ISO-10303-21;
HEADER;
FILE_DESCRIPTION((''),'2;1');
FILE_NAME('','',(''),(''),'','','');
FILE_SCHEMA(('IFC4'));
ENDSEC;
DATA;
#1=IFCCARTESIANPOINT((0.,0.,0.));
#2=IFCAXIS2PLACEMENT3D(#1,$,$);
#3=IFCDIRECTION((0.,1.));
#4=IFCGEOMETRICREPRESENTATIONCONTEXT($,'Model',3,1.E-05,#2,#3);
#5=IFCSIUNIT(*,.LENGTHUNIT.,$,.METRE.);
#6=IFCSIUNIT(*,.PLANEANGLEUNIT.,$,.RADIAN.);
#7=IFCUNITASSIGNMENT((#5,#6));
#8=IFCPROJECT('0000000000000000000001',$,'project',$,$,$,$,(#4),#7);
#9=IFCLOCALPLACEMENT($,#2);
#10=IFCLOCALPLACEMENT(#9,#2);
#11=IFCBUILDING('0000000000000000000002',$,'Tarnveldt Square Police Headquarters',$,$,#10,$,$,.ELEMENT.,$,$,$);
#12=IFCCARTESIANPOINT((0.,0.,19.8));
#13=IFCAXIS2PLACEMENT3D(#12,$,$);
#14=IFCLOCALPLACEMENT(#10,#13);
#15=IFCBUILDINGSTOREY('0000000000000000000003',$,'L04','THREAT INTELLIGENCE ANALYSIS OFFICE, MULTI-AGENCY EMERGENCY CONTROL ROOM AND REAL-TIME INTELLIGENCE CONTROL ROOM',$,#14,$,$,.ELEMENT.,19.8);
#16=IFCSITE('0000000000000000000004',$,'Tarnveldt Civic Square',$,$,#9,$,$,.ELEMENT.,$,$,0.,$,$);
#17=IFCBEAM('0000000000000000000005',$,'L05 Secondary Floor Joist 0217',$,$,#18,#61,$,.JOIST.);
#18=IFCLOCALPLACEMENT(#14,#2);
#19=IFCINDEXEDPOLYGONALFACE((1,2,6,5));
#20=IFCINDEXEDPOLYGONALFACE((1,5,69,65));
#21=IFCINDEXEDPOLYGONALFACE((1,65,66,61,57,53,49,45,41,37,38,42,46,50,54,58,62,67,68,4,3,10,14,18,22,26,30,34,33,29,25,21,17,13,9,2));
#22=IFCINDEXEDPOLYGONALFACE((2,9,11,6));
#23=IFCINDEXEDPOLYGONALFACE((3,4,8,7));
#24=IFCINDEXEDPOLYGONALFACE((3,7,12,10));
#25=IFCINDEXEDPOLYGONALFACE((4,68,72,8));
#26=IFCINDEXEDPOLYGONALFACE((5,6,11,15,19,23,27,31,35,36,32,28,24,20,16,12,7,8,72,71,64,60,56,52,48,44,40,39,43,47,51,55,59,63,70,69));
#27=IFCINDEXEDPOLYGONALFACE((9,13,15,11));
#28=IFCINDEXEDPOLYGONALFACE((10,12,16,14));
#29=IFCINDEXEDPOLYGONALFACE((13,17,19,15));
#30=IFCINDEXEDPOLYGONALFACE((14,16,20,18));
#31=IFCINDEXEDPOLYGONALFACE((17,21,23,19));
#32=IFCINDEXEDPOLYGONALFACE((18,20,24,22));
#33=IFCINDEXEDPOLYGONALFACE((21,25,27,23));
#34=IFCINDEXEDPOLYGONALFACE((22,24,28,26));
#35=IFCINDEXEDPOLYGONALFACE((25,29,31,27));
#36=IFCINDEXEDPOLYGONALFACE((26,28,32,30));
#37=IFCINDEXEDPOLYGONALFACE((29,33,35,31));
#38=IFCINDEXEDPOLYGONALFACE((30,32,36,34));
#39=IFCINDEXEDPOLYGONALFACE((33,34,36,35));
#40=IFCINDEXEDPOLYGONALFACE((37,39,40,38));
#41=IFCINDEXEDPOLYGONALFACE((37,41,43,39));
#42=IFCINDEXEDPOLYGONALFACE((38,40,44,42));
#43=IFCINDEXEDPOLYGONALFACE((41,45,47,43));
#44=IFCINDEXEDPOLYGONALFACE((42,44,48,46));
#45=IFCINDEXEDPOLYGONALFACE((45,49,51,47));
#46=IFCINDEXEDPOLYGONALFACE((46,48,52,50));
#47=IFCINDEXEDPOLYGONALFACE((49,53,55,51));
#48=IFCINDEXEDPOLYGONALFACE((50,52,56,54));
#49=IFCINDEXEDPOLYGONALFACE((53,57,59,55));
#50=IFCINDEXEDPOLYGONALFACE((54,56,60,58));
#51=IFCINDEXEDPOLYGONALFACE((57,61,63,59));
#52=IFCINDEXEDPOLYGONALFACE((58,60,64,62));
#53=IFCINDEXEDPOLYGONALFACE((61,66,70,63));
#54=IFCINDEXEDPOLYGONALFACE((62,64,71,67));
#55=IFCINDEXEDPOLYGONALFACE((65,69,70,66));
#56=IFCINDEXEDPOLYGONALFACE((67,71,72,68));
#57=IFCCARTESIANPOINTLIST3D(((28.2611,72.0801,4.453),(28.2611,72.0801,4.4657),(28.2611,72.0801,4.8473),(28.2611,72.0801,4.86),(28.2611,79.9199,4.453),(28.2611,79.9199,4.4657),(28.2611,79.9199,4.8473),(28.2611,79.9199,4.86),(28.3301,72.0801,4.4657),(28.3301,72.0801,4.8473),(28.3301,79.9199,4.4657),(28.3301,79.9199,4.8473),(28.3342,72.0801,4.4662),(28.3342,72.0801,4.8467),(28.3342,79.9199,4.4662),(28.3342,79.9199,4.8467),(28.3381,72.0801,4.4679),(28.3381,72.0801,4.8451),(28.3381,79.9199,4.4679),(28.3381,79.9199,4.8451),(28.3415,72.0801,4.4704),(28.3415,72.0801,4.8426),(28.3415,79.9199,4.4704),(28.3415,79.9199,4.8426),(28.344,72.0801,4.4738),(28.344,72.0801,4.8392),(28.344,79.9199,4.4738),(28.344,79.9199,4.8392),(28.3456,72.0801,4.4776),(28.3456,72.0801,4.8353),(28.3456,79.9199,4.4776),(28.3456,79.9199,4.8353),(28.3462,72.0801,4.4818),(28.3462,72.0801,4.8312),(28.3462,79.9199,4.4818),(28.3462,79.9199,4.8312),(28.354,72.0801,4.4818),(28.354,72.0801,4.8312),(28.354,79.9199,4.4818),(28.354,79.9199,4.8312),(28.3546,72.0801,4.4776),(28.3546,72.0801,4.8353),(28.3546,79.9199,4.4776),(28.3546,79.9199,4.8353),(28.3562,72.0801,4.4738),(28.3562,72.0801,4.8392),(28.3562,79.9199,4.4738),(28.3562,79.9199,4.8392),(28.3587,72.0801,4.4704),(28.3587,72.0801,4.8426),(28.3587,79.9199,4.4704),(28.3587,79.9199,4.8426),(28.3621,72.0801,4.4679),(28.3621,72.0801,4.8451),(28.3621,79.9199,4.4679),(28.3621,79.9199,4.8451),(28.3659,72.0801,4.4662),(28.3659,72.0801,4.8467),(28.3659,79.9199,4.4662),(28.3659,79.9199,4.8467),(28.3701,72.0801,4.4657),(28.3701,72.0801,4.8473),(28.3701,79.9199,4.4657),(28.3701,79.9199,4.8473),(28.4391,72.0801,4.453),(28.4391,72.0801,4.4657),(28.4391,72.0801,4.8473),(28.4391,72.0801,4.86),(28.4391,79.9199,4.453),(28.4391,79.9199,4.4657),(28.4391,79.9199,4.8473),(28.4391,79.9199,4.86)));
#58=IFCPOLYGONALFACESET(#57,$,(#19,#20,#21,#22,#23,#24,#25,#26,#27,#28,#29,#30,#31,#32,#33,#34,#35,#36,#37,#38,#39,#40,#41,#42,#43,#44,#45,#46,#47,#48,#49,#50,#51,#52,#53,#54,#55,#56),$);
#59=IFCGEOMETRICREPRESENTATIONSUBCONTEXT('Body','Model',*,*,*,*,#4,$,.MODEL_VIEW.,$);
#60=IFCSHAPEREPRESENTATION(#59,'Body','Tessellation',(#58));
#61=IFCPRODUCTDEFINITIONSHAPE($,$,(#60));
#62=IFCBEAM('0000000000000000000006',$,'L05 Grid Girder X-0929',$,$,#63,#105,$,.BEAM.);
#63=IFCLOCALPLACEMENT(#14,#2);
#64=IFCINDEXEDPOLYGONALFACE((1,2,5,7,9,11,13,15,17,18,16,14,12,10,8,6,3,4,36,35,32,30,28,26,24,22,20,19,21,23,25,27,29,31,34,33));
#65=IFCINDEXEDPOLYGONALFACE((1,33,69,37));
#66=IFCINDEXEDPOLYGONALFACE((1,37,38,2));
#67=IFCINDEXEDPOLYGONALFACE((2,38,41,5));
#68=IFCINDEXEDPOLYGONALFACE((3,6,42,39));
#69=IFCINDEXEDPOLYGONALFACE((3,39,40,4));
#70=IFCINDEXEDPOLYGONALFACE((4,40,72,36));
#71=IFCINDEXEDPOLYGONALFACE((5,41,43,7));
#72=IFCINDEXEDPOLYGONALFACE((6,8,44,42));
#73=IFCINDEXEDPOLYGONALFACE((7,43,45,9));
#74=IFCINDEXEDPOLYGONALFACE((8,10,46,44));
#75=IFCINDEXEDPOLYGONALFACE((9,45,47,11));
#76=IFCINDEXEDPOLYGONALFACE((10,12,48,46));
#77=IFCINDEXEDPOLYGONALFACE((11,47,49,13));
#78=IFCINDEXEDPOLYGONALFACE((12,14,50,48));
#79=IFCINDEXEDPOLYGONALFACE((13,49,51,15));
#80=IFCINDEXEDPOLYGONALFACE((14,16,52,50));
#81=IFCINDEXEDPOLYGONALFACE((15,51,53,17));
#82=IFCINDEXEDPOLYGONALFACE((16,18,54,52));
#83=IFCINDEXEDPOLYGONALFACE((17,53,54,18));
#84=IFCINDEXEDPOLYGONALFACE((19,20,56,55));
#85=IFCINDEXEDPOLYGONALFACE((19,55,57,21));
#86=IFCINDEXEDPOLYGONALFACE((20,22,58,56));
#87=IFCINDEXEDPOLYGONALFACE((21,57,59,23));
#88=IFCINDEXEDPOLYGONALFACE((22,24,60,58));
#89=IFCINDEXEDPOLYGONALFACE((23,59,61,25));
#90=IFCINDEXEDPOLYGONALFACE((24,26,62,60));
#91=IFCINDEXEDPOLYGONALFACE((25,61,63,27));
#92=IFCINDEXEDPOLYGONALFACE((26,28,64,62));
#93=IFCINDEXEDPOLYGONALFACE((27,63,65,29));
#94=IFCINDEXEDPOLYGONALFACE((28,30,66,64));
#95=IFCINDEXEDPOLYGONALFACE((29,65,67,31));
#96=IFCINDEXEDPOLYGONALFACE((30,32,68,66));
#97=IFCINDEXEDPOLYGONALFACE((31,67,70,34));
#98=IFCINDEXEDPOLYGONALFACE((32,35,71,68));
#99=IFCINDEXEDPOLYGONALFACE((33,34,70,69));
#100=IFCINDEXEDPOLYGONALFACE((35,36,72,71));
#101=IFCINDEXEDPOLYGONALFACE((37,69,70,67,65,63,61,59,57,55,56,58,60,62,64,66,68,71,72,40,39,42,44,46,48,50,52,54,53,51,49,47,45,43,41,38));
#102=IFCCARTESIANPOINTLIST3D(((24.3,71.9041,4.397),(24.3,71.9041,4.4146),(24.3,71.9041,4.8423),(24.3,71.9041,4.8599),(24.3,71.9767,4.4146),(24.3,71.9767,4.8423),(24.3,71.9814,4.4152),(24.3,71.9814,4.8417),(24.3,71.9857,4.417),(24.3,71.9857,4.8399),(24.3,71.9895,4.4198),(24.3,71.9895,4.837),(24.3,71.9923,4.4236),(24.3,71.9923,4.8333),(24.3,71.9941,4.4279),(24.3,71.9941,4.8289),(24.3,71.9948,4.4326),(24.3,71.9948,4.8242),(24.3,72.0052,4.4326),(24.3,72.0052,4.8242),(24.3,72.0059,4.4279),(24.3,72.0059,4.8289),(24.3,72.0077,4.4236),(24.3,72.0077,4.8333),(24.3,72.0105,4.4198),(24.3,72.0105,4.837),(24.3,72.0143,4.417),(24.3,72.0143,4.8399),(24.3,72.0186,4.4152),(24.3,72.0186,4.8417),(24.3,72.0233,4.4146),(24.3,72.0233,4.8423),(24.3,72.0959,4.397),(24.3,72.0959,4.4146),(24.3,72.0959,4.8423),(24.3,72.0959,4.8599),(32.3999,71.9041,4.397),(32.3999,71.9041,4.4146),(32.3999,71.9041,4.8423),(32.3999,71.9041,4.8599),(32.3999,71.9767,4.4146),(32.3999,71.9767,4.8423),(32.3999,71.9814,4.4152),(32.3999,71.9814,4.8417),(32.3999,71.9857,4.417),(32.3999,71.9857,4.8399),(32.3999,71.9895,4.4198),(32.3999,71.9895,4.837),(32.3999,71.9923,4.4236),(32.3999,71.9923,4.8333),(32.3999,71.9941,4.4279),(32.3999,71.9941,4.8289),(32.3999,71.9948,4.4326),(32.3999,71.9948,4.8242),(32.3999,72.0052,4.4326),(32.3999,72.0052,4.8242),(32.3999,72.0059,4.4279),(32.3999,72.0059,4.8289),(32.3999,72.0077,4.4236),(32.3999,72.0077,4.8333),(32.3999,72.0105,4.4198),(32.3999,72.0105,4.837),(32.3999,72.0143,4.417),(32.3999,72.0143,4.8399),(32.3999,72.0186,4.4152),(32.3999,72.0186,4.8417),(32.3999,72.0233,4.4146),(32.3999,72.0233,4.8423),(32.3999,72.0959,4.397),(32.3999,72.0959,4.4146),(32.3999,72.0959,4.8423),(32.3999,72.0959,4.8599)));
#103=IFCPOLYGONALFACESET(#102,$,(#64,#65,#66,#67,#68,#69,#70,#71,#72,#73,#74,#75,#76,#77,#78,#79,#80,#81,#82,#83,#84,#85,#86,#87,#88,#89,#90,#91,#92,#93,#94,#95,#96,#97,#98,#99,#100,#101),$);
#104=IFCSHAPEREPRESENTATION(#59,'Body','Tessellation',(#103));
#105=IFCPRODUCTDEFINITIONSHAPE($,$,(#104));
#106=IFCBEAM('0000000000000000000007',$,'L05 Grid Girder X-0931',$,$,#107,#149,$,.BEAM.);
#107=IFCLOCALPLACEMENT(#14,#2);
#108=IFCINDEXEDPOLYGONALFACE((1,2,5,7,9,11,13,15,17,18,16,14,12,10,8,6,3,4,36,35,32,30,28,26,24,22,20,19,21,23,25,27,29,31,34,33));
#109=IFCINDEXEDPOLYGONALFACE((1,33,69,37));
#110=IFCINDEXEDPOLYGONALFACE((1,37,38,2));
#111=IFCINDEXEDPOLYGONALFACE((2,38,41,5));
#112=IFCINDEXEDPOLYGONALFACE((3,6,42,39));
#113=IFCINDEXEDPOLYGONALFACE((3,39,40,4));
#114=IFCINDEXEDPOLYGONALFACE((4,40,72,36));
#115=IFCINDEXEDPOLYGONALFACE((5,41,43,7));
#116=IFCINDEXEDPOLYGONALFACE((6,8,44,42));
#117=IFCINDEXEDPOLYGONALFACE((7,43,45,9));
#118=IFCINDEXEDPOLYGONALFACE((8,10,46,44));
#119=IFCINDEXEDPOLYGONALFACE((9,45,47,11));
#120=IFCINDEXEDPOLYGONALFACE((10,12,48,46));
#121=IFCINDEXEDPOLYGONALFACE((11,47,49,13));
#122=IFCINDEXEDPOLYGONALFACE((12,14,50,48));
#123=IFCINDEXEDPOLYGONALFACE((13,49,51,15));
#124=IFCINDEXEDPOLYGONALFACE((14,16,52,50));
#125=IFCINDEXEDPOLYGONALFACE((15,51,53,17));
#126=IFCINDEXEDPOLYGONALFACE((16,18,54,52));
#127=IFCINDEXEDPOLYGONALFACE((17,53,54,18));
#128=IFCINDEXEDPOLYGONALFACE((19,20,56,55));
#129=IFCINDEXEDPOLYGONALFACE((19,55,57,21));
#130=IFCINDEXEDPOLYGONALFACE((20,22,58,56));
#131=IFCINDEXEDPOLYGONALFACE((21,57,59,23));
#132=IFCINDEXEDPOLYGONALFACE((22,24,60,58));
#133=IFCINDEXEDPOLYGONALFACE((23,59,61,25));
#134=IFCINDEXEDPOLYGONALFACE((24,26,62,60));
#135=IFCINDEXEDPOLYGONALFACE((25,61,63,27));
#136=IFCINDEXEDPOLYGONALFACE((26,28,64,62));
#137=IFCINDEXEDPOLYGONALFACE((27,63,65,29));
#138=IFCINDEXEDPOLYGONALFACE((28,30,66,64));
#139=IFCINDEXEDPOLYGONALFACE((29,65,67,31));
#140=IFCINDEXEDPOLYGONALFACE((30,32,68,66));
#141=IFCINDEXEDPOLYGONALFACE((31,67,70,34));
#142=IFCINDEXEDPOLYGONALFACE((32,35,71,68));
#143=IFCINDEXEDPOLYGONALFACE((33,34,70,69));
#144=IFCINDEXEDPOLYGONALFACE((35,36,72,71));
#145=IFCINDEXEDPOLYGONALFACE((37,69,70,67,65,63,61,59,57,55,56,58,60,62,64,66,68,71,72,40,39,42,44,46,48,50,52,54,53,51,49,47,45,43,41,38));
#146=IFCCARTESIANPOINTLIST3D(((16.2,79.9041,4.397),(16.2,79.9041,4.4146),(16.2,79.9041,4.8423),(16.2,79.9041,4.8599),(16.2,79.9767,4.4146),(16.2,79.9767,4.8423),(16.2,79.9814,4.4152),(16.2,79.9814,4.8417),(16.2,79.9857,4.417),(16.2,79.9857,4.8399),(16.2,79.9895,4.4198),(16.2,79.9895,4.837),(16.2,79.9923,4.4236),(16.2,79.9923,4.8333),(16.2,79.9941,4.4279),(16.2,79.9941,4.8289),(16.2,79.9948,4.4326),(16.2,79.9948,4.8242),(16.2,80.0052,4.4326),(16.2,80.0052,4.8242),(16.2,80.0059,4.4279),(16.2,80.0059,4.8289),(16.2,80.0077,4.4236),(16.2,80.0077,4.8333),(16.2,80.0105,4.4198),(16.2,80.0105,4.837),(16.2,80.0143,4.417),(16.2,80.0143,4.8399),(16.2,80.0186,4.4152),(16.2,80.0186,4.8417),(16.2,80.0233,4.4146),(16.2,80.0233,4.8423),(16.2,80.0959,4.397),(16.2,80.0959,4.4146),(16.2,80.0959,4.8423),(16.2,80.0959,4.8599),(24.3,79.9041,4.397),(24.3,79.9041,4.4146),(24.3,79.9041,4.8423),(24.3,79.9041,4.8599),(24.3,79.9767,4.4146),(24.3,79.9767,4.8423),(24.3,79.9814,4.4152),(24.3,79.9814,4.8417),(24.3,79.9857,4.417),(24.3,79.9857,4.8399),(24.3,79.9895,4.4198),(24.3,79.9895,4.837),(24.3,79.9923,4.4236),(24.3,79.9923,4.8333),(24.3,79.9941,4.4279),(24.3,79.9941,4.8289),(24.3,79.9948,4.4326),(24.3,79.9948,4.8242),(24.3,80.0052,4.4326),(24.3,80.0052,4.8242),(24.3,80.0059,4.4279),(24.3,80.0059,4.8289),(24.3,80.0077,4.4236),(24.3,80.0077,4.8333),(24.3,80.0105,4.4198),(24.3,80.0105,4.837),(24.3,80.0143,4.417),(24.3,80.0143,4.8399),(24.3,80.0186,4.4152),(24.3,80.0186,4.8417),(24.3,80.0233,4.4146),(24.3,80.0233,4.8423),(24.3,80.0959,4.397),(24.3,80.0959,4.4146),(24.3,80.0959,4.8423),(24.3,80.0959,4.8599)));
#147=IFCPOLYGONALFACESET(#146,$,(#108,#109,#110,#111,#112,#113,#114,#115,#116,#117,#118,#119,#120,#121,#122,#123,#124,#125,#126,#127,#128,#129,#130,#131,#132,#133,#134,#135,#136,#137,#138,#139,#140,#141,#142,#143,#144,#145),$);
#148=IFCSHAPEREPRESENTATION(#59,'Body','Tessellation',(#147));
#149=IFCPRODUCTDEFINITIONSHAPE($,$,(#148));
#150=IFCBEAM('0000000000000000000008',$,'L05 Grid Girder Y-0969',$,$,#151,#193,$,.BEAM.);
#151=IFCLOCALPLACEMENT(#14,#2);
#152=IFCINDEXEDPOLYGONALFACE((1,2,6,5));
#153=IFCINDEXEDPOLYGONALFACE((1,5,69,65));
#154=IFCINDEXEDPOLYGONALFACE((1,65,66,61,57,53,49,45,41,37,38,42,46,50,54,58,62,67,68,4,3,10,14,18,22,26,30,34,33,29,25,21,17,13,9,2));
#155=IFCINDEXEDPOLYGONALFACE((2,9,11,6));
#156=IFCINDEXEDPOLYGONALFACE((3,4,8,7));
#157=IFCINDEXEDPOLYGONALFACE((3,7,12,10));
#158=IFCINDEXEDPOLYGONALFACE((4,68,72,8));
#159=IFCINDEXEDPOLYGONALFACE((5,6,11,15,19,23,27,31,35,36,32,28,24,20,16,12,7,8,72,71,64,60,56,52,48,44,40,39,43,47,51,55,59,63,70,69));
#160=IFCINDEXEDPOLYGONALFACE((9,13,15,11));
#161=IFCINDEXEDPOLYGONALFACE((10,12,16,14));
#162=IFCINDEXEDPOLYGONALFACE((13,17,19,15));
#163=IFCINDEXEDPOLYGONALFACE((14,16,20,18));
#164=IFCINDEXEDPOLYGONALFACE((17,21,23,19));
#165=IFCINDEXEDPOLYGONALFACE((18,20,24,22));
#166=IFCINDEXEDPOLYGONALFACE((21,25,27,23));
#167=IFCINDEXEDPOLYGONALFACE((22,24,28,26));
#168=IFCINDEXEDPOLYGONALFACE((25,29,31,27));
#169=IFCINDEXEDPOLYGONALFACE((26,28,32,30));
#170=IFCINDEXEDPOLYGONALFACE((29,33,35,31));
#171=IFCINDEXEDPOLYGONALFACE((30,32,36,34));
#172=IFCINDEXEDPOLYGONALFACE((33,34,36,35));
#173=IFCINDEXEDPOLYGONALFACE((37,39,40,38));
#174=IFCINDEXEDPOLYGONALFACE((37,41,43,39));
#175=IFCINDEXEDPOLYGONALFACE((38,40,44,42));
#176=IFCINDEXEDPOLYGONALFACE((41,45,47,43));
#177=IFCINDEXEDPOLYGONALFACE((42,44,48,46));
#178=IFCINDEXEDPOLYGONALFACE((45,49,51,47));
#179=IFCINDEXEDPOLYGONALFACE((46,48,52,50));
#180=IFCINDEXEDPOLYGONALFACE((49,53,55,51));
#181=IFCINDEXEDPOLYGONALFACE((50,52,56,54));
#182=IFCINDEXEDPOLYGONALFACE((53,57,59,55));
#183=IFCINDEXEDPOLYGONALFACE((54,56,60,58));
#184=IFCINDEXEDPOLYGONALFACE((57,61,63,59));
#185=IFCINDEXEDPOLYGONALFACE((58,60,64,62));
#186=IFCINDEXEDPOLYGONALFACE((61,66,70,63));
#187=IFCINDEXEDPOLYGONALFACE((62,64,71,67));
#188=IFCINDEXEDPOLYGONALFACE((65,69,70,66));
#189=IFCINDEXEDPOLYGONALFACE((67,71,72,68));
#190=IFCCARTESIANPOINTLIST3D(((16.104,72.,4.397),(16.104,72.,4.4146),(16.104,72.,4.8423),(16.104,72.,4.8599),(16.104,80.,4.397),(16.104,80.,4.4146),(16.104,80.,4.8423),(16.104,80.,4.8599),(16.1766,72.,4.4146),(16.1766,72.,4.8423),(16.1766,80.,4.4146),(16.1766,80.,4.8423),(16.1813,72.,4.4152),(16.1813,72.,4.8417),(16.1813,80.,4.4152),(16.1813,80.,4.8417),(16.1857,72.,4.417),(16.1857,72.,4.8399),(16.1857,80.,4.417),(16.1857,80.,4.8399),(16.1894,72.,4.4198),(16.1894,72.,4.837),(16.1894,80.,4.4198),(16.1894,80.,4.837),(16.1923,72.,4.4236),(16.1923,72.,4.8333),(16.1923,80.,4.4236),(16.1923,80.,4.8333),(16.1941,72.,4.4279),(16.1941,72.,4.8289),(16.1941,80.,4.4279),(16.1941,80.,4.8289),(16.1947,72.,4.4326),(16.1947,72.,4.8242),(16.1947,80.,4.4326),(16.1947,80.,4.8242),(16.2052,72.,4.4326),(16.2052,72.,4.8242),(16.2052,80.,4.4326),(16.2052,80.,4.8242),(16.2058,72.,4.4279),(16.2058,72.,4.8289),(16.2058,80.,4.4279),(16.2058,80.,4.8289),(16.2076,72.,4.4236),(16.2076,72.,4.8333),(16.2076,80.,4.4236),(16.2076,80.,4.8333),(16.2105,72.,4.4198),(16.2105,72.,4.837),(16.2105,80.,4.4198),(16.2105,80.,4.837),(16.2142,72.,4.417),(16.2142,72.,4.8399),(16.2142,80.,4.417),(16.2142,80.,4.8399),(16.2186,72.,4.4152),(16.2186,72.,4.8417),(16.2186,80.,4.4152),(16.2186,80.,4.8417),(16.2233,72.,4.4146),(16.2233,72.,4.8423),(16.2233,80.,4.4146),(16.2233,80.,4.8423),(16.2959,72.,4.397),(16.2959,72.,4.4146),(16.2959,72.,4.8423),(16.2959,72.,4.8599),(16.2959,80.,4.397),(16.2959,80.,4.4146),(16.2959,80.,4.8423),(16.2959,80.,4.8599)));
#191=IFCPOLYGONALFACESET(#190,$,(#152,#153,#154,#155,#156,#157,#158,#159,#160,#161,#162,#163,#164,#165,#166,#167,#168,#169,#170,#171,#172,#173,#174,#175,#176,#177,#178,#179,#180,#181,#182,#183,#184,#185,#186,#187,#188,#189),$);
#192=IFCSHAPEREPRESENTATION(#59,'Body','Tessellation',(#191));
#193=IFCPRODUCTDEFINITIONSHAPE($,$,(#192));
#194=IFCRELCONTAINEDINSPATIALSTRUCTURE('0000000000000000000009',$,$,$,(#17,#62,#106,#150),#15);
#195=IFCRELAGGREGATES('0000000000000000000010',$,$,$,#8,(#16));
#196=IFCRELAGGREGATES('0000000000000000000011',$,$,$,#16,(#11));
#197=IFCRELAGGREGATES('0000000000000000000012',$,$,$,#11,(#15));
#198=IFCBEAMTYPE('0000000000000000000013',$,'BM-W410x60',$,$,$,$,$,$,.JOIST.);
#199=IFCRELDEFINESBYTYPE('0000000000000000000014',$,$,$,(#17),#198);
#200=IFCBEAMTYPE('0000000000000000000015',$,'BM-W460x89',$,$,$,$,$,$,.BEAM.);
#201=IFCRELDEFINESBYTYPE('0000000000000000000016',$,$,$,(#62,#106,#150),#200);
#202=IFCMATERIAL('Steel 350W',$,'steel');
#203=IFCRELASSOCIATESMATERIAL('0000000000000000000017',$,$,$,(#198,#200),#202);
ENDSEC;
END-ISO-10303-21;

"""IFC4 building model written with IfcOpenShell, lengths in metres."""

from ifc_helpers import new_model, si_unit, direction, frame, origin, origin_2d, place, context, subcontext, project, spatial, i_section, extrude, material, material_profile, profile_set, type_object, element, save


model = new_model("IFC4")

# Units and contexts
model_context = context("Model", 3, precision=1e-05, world=origin(), true_north=direction((0.0, 1.0)))
body_context = subcontext(model_context, "Body", "Model", "MODEL_VIEW")
ifc_project = project(units=[si_unit("LENGTHUNIT", "METRE"), si_unit("PLANEANGLEUNIT", "RADIAN")], contexts=[model_context])

# Site, building, storey
site_placement = place(None, origin())
site = spatial("IfcSite", under=ifc_project, at=site_placement, Name="Tarnveldt Civic Square", CompositionType="ELEMENT", RefElevation=0.0)
building_placement = place(site_placement, origin())
building = spatial("IfcBuilding", under=site, at=building_placement, Name="Tarnveldt Square Police Headquarters", CompositionType="ELEMENT")
storey_placement = place(building_placement, frame((0.0, 0.0, 19.8)))
storey = spatial("IfcBuildingStorey", under=building, at=storey_placement, Name="L04", Description="THREAT INTELLIGENCE ANALYSIS OFFICE, MULTI-AGENCY EMERGENCY CONTROL ROOM AND REAL-TIME INTELLIGENCE CONTROL ROOM", CompositionType="ELEMENT", Elevation=19.8)

# Beams
ifc_material_1 = material(Name="Steel 350W", Category="steel")
ifc_material_profile_1 = material_profile(ifc_material_1, i_section(OverallWidth=0.178, OverallDepth=0.407, WebThickness=0.0078, FlangeThickness=0.0127, FilletRadius=0.0161, at=origin_2d()), Name="W410x60")
ifc_profile_set_1 = profile_set([ifc_material_profile_1], Name="Steel 350W")
beam_type_1 = type_object("IfcBeamType", Name="BM-W410x60", PredefinedType="JOIST", material=ifc_profile_set_1)
beam_1_placement = place(storey_placement, frame((28.3501, 72.0801, 4.6565), z_axis=(0.0, 1.0, 0.0), x_axis=(-1.0, 0.0, 0.0)))
element("IfcBeam", 1, at=beam_1_placement, inside=storey, type_object=beam_type_1, Name="L05 Secondary Floor Joist 0217", PredefinedType="JOIST", context=body_context, shape_type="SweptSolid", body=[
    extrude(i_section(OverallWidth=0.178, OverallDepth=0.407, WebThickness=0.0078, FlangeThickness=0.0127, FilletRadius=0.0161, at=origin_2d()), origin(), (0.0, 0.0, 1.0), 7.8398),
])
ifc_material_profile_2 = material_profile(ifc_material_1, i_section(OverallWidth=0.1919, OverallDepth=0.4629, WebThickness=0.0105, FlangeThickness=0.0176, FilletRadius=0.0181, at=origin_2d()), Name="W460x89")
ifc_profile_set_2 = profile_set([ifc_material_profile_2], Name="Steel 350W")
beam_type_2 = type_object("IfcBeamType", Name="BM-W460x89", PredefinedType="BEAM", material=ifc_profile_set_2)
beam_2_placement = place(storey_placement, frame((24.3, 72.0, 4.6284), z_axis=(1.0, 0.0, 0.0), x_axis=(0.0, 1.0, 0.0)))
element("IfcBeam", 2, at=beam_2_placement, inside=storey, type_object=beam_type_2, Name="L05 Grid Girder X-0929", PredefinedType="BEAM", context=body_context, shape_type="SweptSolid", body=[
    extrude(i_section(OverallWidth=0.1919, OverallDepth=0.4629, WebThickness=0.0105, FlangeThickness=0.0176, FilletRadius=0.0181, at=origin_2d()), origin(), (0.0, 0.0, 1.0), 8.0999),
])
beam_3_placement = place(storey_placement, frame((16.2, 80.0, 4.6284), z_axis=(1.0, 0.0, 0.0), x_axis=(0.0, 1.0, 0.0)))
element("IfcBeam", 3, at=beam_3_placement, inside=storey, type_object=beam_type_2, Name="L05 Grid Girder X-0931", PredefinedType="BEAM", context=body_context, shape_type="SweptSolid", body=[
    extrude(i_section(OverallWidth=0.1919, OverallDepth=0.4629, WebThickness=0.0105, FlangeThickness=0.0176, FilletRadius=0.0181, at=origin_2d()), origin(), (0.0, 0.0, 1.0), 8.1001),
])
for number, where, z_axis, x_axis, name in (
    (4, (16.2, 72.0, 4.6284), (0.0, 1.0, 0.0), (-1.0, 0.0, 0.0), "L05 Grid Girder Y-0969"),
):
    element("IfcBeam", number, at=place(storey_placement, frame(where, z_axis=z_axis, x_axis=x_axis)), inside=storey, type_object=beam_type_2, Name=name, PredefinedType="BEAM", context=body_context, shape_type="SweptSolid", body=[
        extrude(i_section(OverallWidth=0.1919, OverallDepth=0.4629, WebThickness=0.0105, FlangeThickness=0.0176, FilletRadius=0.0181, at=origin_2d()), origin(), (0.0, 0.0, 1.0), 8.0),
    ])

save(model, "model.ifc")
